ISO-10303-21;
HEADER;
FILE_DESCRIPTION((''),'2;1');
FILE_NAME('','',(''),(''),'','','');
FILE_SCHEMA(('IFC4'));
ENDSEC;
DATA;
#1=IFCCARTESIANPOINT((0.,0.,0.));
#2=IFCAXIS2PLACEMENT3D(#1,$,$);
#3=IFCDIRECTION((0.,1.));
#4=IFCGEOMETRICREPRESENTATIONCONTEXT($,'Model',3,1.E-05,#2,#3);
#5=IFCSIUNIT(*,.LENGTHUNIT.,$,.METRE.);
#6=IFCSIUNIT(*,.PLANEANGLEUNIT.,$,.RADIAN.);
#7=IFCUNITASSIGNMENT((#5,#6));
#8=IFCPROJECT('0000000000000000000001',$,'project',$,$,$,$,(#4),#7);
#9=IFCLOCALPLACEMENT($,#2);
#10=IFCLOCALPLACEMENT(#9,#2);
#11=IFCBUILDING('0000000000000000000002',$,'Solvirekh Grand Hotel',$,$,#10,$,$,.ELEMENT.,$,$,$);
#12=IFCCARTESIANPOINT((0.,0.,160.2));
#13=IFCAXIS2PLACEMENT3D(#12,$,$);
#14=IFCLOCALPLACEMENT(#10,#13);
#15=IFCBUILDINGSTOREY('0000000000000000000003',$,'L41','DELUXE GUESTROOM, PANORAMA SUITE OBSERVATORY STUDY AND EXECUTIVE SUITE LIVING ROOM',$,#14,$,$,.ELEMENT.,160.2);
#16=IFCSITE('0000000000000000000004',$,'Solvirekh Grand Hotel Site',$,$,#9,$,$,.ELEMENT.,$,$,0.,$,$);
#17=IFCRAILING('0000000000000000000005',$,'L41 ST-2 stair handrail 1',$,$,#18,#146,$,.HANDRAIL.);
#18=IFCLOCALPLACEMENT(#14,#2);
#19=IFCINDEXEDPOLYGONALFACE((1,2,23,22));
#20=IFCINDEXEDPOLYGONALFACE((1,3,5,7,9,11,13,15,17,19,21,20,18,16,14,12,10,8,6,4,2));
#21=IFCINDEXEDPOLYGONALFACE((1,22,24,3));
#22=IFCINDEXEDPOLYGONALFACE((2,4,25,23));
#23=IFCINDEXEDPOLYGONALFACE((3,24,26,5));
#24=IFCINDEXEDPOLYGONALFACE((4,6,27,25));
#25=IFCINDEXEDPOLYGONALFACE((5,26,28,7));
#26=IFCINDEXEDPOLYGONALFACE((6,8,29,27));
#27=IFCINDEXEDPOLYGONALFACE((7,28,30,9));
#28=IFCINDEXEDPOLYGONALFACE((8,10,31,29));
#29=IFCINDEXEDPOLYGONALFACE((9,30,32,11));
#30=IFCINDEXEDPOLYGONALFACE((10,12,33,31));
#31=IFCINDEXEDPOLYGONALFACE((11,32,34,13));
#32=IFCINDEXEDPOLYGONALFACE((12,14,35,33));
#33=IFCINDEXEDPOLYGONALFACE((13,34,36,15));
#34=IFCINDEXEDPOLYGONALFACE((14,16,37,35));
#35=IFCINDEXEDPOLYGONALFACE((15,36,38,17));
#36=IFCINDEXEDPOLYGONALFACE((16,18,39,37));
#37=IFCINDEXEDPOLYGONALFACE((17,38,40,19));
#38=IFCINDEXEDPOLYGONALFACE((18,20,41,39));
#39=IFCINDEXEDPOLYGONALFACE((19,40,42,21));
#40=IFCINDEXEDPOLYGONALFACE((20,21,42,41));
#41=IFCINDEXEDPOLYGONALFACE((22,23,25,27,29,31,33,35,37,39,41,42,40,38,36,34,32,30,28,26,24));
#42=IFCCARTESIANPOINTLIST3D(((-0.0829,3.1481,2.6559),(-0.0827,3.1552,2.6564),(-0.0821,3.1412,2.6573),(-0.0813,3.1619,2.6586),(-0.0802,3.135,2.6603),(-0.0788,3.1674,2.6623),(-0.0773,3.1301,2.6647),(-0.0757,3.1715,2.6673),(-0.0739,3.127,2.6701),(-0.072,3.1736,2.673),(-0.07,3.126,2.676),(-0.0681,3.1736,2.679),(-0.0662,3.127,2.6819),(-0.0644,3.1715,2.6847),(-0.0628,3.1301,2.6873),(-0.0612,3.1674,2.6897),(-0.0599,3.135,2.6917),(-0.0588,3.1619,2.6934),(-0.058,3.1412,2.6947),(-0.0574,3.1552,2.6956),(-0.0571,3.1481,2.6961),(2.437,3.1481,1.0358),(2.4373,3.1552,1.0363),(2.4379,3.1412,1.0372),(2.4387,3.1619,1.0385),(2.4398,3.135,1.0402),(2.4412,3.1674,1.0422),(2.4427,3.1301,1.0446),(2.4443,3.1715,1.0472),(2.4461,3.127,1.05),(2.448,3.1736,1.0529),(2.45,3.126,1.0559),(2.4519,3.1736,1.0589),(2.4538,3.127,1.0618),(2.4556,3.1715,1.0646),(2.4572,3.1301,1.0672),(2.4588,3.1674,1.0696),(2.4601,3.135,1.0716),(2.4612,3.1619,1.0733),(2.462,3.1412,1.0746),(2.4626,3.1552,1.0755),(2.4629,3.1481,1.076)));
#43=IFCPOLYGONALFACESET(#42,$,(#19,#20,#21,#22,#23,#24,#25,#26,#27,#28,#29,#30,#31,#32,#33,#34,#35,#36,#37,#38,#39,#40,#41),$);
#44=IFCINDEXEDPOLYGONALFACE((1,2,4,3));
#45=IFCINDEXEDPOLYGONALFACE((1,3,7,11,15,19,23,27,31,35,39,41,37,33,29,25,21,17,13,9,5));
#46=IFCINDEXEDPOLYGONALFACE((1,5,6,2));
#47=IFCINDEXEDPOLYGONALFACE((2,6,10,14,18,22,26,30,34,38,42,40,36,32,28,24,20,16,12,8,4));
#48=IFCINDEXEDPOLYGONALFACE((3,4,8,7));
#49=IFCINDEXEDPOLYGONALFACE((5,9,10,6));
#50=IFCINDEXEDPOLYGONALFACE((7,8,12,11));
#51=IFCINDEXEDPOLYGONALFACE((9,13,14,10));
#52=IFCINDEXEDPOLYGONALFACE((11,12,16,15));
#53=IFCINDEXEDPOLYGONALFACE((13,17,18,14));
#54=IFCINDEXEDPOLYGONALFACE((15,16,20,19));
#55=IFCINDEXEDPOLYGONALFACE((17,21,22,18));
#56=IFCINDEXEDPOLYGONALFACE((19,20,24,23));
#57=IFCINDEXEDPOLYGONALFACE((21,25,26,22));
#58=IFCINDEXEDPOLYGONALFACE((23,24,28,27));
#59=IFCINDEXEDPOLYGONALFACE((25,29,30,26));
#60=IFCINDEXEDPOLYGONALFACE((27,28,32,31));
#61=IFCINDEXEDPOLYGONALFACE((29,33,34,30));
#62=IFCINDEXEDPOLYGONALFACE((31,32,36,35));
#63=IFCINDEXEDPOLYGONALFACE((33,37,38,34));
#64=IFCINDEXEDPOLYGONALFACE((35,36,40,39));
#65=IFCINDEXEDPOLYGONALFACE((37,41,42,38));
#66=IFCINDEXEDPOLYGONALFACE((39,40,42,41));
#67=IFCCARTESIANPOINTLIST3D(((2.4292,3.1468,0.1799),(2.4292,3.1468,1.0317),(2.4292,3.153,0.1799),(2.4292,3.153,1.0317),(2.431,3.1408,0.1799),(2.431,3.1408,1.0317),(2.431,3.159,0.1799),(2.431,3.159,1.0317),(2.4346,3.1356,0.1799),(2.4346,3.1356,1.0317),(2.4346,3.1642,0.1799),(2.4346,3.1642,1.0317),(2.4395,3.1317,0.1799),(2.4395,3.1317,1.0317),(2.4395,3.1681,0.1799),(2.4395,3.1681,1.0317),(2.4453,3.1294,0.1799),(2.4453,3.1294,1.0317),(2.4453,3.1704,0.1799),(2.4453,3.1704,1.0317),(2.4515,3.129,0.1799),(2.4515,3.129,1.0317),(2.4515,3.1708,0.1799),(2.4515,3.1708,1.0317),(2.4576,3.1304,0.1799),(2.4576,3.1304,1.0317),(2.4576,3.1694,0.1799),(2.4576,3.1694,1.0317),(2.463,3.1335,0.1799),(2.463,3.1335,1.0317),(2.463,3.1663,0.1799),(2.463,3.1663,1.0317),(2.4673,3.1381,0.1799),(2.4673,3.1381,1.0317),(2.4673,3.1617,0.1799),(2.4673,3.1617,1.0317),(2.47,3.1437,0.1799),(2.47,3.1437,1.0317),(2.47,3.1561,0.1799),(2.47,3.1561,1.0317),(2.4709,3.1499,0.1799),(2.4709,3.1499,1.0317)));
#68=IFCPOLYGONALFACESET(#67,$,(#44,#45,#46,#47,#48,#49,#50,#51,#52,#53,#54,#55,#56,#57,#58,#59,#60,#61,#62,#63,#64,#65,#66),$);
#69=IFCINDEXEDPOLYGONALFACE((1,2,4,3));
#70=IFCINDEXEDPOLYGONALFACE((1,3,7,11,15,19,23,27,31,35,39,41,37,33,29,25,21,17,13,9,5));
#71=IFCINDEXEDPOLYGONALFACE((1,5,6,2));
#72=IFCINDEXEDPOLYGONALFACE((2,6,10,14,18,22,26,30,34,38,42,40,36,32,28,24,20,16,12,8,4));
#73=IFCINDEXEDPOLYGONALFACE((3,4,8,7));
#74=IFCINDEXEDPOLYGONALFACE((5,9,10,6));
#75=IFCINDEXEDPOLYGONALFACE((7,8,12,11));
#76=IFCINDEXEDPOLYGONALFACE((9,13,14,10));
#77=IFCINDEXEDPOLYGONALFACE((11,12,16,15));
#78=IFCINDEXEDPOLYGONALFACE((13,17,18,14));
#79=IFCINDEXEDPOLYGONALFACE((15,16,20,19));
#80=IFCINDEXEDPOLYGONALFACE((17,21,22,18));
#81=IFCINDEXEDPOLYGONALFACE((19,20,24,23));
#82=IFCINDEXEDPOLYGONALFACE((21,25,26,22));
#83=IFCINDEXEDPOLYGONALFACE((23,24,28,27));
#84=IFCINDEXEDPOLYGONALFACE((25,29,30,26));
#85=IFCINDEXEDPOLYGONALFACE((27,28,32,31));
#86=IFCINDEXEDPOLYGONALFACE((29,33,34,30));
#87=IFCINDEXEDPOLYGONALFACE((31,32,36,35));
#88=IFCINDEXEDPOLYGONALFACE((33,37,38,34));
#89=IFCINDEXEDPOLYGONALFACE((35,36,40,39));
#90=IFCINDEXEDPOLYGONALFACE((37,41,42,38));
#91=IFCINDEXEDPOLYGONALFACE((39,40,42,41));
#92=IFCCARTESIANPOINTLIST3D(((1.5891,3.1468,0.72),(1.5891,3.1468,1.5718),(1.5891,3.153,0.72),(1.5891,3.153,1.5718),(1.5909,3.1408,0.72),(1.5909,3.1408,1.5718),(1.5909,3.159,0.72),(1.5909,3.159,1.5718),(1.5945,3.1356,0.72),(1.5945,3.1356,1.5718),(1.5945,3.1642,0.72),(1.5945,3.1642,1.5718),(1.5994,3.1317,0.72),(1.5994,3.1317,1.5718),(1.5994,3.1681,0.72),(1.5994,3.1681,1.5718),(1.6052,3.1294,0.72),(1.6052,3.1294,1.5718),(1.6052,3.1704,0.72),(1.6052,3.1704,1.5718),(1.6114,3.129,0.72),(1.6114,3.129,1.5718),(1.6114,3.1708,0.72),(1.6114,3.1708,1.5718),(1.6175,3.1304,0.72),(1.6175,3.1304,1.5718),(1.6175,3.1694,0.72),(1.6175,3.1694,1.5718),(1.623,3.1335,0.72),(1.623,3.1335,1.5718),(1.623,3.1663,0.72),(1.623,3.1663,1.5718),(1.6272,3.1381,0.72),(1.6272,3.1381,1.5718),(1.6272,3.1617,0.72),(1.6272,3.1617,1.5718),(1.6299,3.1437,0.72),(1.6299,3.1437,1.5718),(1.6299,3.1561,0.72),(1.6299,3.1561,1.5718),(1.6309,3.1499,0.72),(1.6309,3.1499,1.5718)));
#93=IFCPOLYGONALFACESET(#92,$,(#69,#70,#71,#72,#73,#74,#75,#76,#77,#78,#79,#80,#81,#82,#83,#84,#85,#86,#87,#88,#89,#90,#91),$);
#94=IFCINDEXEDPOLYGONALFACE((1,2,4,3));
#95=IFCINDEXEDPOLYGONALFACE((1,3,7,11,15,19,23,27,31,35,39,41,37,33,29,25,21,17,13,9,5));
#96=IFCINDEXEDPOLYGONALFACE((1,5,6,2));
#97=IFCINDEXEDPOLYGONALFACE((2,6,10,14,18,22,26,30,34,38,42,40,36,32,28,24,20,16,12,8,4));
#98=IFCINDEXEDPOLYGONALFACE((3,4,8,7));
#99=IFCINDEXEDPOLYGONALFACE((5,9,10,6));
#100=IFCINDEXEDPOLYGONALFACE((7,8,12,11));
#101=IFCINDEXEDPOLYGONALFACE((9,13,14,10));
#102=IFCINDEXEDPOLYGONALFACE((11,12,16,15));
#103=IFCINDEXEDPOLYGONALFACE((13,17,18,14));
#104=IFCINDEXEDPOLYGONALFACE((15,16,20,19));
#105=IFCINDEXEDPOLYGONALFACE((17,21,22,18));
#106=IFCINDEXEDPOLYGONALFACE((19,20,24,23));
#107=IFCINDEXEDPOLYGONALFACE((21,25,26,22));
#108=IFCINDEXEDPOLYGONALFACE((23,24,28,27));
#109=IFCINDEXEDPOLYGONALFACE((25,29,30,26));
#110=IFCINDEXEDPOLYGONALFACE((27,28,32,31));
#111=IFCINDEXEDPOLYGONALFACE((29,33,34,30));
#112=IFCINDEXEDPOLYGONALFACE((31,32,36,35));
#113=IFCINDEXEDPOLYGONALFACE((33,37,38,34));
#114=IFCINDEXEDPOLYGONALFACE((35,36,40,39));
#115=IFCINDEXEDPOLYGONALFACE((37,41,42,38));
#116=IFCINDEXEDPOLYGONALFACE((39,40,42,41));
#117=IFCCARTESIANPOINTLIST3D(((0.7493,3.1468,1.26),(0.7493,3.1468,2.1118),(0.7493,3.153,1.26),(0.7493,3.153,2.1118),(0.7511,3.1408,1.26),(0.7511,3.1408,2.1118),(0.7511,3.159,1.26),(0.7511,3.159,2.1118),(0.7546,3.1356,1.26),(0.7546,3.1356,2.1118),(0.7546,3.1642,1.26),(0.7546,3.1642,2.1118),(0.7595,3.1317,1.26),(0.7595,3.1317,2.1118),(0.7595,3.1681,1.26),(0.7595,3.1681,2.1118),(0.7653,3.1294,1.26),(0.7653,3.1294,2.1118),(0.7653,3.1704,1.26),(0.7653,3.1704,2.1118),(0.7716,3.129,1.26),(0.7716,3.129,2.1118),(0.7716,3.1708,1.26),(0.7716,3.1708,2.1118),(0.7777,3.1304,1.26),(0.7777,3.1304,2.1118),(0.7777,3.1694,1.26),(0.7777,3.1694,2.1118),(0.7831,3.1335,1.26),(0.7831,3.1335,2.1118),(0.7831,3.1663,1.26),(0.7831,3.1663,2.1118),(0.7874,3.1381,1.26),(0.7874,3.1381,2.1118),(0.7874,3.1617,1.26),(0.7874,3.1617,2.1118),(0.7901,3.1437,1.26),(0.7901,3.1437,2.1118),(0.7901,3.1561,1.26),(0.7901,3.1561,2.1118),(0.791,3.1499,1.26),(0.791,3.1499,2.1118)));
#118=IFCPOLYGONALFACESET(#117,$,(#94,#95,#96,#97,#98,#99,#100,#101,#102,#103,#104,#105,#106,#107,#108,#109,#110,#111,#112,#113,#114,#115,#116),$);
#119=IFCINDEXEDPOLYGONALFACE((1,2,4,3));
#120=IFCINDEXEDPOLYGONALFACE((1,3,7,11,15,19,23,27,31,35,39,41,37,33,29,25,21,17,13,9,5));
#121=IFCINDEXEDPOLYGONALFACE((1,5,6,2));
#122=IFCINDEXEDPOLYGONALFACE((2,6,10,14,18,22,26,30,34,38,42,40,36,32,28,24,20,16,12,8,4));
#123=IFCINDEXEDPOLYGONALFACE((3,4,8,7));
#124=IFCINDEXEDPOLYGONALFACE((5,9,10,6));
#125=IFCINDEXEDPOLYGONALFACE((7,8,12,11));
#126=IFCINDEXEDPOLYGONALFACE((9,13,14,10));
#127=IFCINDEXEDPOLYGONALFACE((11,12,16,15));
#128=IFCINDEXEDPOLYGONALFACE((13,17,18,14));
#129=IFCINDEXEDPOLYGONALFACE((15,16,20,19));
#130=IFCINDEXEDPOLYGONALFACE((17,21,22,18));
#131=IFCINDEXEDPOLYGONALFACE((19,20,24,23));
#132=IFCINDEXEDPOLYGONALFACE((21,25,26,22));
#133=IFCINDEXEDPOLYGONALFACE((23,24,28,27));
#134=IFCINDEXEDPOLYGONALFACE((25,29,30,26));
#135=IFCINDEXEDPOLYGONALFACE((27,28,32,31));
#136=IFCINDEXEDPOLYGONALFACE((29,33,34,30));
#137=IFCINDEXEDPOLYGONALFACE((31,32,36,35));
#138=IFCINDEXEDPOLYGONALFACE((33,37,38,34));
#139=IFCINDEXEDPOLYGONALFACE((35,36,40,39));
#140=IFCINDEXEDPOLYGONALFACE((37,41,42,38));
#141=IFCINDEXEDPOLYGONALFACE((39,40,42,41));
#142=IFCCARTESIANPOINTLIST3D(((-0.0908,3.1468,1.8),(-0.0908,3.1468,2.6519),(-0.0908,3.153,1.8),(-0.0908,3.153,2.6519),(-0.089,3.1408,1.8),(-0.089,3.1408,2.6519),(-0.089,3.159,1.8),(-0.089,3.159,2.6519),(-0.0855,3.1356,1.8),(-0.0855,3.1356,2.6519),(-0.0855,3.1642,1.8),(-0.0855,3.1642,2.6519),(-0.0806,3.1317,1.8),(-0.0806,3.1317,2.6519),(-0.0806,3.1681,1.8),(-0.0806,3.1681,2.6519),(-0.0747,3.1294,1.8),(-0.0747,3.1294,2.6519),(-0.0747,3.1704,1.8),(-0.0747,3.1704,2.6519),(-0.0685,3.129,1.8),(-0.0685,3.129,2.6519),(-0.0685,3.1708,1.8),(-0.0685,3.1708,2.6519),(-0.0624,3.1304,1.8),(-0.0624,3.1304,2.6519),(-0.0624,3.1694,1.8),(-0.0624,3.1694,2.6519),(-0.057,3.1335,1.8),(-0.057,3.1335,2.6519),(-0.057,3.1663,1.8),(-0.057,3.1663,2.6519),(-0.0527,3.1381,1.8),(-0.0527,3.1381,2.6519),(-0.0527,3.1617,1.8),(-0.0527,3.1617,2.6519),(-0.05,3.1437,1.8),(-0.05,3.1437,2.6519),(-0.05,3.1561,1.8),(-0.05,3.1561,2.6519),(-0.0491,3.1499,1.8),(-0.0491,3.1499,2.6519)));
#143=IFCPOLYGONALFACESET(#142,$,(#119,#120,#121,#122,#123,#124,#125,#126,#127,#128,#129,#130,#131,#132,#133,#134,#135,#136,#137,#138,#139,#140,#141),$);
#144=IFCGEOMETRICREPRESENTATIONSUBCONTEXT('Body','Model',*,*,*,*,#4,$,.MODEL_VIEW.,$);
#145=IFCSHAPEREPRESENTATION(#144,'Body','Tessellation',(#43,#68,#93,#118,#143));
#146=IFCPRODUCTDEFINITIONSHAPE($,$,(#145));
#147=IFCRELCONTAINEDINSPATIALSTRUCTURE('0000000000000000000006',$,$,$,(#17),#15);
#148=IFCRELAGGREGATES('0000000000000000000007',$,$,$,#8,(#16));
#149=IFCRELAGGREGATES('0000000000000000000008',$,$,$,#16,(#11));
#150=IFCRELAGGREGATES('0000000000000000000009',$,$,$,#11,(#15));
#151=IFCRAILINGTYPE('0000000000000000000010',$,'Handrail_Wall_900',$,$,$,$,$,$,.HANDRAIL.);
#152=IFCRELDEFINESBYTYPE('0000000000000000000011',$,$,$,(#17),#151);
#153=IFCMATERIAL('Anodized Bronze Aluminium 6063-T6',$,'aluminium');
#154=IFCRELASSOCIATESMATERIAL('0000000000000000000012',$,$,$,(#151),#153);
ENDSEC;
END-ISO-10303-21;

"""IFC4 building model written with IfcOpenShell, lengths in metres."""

from ifc_helpers import new_model, si_unit, direction, frame, origin, origin_2d, place, context, subcontext, project, spatial, circle, extrude, material, type_object, element, save


model = new_model("IFC4")

# Units and contexts
model_context = context("Model", 3, precision=1e-05, world=origin(), true_north=direction((0.0, 1.0)))
body_context = subcontext(model_context, "Body", "Model", "MODEL_VIEW")
ifc_project = project(units=[si_unit("LENGTHUNIT", "METRE"), si_unit("PLANEANGLEUNIT", "RADIAN")], contexts=[model_context])

# Site, building, storey
site_placement = place(None, origin())
site = spatial("IfcSite", under=ifc_project, at=site_placement, Name="Solvirekh Grand Hotel Site", CompositionType="ELEMENT", RefElevation=0.0)
building_placement = place(site_placement, origin())
building = spatial("IfcBuilding", under=site, at=building_placement, Name="Solvirekh Grand Hotel", CompositionType="ELEMENT")
storey_placement = place(building_placement, frame((0.0, 0.0, 160.2)))
storey = spatial("IfcBuildingStorey", under=building, at=storey_placement, Name="L41", Description="DELUXE GUESTROOM, PANORAMA SUITE OBSERVATORY STUDY AND EXECUTIVE SUITE LIVING ROOM", CompositionType="ELEMENT", Elevation=160.2)

# Shared definitions
ifc_material_1 = material(Name="Anodized Bronze Aluminium 6063-T6", Category="aluminium")

# Railing
railing_type_1 = type_object("IfcRailingType", Name="Handrail_Wall_900", PredefinedType="HANDRAIL", material=ifc_material_1)
railing_1_placement = place(storey_placement, frame((2.45, 3.1499, 0.1799)))
element("IfcRailing", 1, at=railing_1_placement, inside=storey, type_object=railing_type_1, Name="L41 ST-2 stair handrail 1", PredefinedType="HANDRAIL", context=body_context, shape_type="SweptSolid", body=[
    extrude(circle(Radius=0.0239, at=origin_2d()), frame((0.0, 0.0, 0.876), z_axis=(-0.841163, 0.0, 0.540782), x_axis=(0.0, -1.0, 0.0)), (0.0, 0.0, 1.0), 2.9958),
    extrude(circle(Radius=0.021, at=origin_2d()), origin(), (0.0, 0.0, 1.0), 0.8518),
    extrude(circle(Radius=0.021, at=origin_2d()), frame((-0.8401, 0.0, 0.54)), (0.0, 0.0, 1.0), 0.8518),
    extrude(circle(Radius=0.021, at=origin_2d()), frame((-1.6799, 0.0, 1.0801)), (0.0, 0.0, 1.0), 0.8518),
    extrude(circle(Radius=0.021, at=origin_2d()), frame((-2.52, 0.0, 1.6201)), (0.0, 0.0, 1.0), 0.8518),
])

save(model, "model.ifc")
